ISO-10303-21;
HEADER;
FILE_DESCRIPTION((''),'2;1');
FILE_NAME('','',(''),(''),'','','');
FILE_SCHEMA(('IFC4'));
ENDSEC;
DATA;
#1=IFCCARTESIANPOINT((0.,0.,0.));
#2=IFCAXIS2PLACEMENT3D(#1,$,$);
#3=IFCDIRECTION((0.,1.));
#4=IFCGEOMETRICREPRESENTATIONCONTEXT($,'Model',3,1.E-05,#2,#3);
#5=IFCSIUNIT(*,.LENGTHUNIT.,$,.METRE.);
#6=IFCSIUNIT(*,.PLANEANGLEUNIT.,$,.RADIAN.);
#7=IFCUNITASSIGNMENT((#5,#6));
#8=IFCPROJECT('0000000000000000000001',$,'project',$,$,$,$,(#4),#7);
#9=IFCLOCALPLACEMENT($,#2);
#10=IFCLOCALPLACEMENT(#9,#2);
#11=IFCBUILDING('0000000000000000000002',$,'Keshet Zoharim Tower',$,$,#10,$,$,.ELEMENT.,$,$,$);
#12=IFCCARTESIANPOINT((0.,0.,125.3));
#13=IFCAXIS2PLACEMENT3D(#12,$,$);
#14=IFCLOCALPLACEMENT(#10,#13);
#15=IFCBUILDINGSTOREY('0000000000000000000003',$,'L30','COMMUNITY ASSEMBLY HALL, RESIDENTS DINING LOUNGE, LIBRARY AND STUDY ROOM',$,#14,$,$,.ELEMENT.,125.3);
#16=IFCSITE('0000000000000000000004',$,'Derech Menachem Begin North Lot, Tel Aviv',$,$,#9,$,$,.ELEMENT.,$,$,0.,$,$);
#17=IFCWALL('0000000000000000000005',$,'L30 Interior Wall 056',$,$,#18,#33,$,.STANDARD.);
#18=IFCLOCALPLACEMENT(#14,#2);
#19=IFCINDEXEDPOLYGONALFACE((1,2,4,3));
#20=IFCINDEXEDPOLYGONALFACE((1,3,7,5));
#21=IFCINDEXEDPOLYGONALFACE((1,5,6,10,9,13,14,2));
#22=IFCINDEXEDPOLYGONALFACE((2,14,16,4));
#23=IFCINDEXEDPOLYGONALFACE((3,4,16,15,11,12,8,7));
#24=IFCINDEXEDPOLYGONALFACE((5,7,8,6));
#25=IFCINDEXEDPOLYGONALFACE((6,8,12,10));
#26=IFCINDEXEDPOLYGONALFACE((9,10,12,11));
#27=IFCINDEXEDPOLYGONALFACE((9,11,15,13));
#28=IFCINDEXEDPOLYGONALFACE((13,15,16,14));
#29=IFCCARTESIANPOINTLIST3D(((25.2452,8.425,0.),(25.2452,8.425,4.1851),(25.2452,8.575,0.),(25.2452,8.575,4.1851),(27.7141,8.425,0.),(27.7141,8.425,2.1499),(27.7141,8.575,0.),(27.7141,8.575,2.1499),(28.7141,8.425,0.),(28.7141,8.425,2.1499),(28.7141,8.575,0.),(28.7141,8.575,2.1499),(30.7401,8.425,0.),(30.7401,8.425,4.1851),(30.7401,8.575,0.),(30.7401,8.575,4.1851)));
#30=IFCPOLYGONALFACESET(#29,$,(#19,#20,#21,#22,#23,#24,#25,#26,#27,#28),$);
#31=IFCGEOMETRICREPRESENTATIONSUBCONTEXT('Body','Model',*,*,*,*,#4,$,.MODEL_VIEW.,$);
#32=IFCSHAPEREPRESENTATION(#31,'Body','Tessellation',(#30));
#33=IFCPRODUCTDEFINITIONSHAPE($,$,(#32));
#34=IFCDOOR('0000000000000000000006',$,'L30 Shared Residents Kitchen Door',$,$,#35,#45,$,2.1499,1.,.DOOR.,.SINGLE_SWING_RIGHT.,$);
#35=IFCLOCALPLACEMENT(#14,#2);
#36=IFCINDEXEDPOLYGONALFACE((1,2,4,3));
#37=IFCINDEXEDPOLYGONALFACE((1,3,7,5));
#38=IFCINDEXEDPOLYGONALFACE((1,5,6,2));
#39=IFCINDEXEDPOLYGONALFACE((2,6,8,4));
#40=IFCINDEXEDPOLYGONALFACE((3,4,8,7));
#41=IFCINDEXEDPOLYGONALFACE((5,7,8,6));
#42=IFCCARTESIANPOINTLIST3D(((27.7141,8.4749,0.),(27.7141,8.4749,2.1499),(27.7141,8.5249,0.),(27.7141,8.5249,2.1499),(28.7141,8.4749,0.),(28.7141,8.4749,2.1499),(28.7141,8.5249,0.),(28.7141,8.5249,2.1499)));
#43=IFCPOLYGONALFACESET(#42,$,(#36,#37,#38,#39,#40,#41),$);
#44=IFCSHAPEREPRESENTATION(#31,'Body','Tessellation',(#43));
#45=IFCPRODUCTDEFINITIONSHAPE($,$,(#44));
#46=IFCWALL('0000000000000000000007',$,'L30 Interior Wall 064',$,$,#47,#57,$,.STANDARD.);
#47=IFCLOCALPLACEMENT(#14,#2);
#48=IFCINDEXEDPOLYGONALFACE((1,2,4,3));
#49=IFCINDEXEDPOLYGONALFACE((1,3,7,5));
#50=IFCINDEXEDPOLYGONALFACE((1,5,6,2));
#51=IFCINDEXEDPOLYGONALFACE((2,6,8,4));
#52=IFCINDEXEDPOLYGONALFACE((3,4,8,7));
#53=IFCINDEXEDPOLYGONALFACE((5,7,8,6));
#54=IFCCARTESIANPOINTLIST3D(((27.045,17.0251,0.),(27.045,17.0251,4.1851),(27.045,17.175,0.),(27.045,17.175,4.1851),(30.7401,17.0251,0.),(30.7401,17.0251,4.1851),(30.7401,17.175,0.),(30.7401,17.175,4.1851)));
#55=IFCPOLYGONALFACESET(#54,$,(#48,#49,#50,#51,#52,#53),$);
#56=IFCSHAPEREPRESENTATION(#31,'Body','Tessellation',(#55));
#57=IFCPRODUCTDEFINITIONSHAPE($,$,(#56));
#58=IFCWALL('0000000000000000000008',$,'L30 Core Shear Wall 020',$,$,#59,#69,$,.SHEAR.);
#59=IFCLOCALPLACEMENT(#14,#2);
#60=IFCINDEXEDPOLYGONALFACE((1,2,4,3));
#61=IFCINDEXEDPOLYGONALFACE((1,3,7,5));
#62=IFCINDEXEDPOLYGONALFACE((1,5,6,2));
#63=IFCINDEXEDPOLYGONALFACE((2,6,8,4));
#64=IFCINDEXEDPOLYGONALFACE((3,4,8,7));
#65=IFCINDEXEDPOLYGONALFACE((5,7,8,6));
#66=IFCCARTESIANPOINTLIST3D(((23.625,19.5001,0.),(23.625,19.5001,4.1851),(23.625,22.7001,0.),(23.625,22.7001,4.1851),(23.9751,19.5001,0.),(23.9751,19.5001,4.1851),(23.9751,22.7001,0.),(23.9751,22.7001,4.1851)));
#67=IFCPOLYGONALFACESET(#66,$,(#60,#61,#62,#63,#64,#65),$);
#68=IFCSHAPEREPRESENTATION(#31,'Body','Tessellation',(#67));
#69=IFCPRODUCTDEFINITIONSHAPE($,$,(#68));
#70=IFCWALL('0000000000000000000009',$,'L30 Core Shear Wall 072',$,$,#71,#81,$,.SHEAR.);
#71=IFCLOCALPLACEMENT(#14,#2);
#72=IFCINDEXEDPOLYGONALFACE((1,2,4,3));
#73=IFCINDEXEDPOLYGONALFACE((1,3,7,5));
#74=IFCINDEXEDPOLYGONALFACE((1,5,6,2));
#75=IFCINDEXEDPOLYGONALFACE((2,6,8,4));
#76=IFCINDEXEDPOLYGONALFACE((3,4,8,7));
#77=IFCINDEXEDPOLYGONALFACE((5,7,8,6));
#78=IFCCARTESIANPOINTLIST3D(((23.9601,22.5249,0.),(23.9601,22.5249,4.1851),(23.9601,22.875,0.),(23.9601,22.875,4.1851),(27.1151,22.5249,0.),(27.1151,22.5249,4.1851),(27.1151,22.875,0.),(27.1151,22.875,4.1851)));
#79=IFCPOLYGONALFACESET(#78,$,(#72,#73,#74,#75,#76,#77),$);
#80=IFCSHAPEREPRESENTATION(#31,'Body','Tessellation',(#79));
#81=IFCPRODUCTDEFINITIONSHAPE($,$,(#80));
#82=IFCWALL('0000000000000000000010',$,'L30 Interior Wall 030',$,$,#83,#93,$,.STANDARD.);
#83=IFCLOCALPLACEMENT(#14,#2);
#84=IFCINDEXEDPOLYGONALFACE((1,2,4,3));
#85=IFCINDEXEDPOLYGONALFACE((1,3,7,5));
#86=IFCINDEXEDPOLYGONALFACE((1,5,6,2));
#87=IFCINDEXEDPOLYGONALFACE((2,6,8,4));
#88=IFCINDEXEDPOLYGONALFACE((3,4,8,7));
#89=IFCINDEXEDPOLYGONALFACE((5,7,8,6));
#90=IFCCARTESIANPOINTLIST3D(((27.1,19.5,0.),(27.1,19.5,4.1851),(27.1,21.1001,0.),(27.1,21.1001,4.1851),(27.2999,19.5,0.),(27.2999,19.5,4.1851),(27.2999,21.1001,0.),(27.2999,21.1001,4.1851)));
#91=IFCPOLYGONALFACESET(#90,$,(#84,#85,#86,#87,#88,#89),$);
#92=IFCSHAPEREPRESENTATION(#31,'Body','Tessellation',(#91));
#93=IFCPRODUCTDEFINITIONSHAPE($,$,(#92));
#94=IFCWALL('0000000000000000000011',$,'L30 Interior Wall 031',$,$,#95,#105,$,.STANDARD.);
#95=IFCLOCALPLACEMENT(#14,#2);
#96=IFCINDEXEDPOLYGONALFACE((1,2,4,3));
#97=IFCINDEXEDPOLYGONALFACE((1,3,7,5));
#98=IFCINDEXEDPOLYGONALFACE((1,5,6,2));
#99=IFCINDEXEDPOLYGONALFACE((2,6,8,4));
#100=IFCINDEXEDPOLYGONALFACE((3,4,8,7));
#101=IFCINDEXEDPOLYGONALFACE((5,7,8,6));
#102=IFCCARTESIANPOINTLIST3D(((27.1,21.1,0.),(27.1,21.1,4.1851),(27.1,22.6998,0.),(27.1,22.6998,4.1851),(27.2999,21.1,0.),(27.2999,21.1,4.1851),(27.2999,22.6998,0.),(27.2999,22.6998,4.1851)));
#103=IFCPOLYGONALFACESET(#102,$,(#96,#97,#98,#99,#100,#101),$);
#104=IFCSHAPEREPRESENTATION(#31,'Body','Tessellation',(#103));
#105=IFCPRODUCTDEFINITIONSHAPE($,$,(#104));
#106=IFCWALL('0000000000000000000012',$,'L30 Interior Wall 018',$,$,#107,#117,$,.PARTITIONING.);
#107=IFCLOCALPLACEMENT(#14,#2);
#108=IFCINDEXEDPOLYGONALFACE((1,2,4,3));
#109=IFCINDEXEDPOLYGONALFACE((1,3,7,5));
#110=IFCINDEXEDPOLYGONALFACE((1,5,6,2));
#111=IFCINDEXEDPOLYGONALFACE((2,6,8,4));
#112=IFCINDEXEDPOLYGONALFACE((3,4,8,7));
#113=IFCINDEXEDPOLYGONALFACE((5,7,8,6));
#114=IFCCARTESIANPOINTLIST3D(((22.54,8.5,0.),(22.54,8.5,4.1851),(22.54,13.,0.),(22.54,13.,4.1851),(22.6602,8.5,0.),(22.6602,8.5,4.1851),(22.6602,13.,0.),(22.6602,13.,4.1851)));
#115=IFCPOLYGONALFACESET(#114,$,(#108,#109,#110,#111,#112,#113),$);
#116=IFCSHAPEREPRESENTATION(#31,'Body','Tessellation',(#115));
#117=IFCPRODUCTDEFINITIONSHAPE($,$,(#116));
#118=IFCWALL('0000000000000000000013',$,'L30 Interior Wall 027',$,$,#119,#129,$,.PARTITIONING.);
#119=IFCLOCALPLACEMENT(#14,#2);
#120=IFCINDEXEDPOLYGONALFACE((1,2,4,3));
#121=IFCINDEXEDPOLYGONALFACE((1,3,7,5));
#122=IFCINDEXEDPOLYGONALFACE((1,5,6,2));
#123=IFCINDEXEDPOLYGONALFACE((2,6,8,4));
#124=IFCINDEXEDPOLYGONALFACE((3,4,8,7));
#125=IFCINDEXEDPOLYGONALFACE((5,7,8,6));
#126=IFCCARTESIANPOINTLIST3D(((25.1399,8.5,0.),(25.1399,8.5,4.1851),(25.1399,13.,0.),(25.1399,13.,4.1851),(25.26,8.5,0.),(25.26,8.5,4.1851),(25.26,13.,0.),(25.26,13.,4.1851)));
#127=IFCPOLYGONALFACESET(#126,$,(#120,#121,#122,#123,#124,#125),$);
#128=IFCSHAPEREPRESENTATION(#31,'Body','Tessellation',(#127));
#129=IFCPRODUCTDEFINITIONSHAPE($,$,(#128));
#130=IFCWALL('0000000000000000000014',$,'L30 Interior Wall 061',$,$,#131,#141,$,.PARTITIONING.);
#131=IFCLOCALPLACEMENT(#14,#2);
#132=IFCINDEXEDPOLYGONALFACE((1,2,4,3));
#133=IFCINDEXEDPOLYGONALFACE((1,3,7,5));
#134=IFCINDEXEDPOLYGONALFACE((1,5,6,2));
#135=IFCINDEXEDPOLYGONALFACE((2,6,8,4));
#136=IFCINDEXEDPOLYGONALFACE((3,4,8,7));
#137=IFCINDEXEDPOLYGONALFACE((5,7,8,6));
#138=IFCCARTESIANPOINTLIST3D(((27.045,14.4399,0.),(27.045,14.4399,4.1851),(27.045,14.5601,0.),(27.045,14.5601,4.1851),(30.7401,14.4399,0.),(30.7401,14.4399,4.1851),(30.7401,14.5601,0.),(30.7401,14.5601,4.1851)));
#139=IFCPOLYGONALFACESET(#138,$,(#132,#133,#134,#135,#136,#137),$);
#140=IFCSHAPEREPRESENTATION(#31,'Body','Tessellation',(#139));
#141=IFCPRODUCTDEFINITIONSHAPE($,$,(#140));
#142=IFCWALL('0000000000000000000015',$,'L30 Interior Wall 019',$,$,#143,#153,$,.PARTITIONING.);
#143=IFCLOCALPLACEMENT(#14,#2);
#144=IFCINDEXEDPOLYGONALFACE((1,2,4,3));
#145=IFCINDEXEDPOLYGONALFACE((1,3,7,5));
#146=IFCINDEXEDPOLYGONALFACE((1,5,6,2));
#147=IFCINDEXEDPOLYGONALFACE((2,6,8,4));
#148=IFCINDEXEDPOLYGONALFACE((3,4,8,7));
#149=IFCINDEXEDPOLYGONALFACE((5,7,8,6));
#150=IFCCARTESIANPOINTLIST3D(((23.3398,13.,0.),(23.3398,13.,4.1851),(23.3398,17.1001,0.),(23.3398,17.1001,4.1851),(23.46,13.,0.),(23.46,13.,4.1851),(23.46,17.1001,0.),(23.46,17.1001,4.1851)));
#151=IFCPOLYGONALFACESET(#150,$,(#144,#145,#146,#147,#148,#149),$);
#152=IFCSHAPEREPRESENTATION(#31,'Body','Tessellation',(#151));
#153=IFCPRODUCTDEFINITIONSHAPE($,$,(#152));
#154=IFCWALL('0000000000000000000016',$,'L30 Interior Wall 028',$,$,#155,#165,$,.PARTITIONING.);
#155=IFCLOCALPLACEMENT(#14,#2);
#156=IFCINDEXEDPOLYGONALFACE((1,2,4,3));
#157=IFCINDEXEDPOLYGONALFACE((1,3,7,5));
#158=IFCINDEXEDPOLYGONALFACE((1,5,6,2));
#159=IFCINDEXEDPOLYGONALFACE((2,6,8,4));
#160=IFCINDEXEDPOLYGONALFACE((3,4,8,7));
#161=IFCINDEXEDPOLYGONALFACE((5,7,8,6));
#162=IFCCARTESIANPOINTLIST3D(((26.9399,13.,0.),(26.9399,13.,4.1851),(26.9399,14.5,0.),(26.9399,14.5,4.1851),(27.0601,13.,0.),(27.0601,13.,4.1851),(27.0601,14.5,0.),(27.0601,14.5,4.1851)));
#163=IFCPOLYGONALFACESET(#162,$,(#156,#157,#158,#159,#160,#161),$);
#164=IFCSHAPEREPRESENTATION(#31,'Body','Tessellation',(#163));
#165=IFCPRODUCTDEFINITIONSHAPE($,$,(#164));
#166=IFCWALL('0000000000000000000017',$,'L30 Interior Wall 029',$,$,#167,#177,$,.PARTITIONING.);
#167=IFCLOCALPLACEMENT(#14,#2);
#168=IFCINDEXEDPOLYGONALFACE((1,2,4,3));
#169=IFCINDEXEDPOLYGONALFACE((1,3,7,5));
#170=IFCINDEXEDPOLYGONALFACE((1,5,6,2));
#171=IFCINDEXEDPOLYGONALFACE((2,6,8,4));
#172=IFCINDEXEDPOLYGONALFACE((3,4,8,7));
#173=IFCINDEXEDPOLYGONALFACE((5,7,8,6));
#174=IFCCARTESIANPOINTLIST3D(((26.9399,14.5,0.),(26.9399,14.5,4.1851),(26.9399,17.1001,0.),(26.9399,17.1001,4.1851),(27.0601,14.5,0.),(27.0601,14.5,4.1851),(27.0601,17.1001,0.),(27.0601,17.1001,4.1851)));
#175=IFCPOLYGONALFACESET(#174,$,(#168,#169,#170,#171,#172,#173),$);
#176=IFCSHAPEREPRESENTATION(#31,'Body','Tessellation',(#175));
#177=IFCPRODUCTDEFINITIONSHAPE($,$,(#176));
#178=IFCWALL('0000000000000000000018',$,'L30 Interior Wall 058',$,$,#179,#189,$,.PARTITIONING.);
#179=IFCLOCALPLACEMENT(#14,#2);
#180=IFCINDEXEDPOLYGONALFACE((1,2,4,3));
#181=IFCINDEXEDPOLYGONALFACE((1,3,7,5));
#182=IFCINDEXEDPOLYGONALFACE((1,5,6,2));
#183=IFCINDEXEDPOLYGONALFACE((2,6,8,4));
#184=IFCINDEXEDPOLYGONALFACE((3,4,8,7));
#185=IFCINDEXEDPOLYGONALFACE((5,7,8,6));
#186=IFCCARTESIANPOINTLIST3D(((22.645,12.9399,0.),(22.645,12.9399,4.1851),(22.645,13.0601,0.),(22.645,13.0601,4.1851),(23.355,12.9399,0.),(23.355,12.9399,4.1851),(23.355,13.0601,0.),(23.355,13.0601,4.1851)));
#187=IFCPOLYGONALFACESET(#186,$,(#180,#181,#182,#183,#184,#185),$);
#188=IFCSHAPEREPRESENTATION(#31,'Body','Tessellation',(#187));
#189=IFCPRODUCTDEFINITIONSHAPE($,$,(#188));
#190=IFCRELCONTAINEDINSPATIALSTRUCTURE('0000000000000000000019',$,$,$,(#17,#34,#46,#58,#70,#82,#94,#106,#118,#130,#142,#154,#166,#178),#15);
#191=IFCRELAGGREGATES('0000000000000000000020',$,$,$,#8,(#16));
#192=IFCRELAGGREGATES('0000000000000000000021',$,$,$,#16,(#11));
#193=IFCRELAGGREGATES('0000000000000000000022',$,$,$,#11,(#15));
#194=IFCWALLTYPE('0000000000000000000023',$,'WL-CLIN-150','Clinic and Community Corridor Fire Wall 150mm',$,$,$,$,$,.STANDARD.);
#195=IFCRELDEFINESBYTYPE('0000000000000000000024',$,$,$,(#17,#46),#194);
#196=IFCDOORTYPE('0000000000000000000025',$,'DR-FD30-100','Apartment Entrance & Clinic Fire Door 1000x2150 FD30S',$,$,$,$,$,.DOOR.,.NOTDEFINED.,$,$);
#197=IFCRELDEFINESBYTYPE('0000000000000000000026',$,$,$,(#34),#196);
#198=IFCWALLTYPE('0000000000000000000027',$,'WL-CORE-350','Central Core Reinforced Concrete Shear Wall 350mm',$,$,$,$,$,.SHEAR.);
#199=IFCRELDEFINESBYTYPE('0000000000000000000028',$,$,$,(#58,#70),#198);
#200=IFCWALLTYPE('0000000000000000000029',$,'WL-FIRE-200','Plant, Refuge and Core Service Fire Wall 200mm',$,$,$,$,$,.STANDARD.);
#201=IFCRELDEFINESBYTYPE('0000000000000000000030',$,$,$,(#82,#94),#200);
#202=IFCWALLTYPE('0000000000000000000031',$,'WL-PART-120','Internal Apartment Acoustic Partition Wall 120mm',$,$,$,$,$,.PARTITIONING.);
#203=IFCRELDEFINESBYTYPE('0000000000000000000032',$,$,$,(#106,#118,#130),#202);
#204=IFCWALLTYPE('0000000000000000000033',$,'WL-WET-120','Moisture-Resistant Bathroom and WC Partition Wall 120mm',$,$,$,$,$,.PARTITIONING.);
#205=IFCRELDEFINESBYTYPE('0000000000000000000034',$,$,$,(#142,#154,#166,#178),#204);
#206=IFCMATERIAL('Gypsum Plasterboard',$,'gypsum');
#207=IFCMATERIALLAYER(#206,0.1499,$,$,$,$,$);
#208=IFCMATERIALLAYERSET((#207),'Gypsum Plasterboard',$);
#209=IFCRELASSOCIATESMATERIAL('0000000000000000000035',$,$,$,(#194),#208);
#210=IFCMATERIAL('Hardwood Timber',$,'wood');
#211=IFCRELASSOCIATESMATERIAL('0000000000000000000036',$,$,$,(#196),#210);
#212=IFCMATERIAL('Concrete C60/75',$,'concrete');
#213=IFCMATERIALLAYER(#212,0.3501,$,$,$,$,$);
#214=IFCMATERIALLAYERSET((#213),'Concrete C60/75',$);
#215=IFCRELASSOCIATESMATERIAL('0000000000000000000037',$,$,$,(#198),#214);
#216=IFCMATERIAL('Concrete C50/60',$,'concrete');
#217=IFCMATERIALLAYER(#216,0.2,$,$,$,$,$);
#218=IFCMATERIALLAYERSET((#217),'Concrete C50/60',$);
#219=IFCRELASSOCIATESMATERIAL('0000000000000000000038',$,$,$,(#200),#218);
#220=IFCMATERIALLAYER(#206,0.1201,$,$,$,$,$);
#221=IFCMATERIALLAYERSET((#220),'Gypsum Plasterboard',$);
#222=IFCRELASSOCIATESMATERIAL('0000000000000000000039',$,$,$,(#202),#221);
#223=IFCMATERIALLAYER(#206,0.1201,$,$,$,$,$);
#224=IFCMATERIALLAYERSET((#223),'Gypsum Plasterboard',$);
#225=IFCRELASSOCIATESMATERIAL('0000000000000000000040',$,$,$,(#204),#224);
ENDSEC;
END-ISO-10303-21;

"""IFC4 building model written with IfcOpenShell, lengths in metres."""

from ifc_helpers import new_model, si_unit, direction, frame, frame_2d, origin, place, context, subcontext, project, spatial, rectangle, extrude, material, layer, layer_set, type_object, element, fill, save


model = new_model("IFC4")

# Units and contexts
model_context = context("Model", 3, precision=1e-05, world=origin(), true_north=direction((0.0, 1.0)))
body_context = subcontext(model_context, "Body", "Model", "MODEL_VIEW")
ifc_project = project(units=[si_unit("LENGTHUNIT", "METRE"), si_unit("PLANEANGLEUNIT", "RADIAN")], contexts=[model_context])

# Site, building, storey
site_placement = place(None, origin())
site = spatial("IfcSite", under=ifc_project, at=site_placement, Name="Derech Menachem Begin North Lot, Tel Aviv", CompositionType="ELEMENT", RefElevation=0.0)
building_placement = place(site_placement, origin())
building = spatial("IfcBuilding", under=site, at=building_placement, Name="Keshet Zoharim Tower", CompositionType="ELEMENT")
storey_placement = place(building_placement, frame((0.0, 0.0, 125.3)))
storey = spatial("IfcBuildingStorey", under=building, at=storey_placement, Name="L30", Description="COMMUNITY ASSEMBLY HALL, RESIDENTS DINING LOUNGE, LIBRARY AND STUDY ROOM", CompositionType="ELEMENT", Elevation=125.3)

# Shared definitions
ifc_material_1 = material(Name="Gypsum Plasterboard", Category="gypsum")
ifc_layer_1 = layer(ifc_material_1, 0.1499)
ifc_layer_set_1 = layer_set([ifc_layer_1], Name="Gypsum Plasterboard")
wall_type_1 = type_object("IfcWallType", Name="WL-CLIN-150", Description="Clinic and Community Corridor Fire Wall 150mm", PredefinedType="STANDARD", material=ifc_layer_set_1)

# Wall, opening, door
wall_1_placement = place(storey_placement, frame((25.2451, 8.5, 0.0), z_axis=(0.0, 0.0, 1.0), x_axis=(1.0, 0.0, 0.0)))
wall_1 = element("IfcWall", 1, at=wall_1_placement, inside=storey, type_object=wall_type_1, Name="L30 Interior Wall 056", PredefinedType="STANDARD", context=body_context, shape_type="SweptSolid", body=[
    extrude(rectangle(XDim=5.4949, YDim=0.1499, at=frame_2d((2.7476, 0.0))), origin(), (0.0, 0.0, 1.0), 4.1851),
])
opening_1_placement = place(wall_1_placement, frame((2.469, 0.0, 0.0)))
opening_1 = element("IfcOpeningElement", 2, at=opening_1_placement, cuts=wall_1, PredefinedType="OPENING", context=body_context, shape_type="SweptSolid", body=[
    extrude(rectangle(XDim=1.0, YDim=2.1499, at=frame_2d((0.5, 1.075))), frame((0.0, 0.085, 0.0), z_axis=(0.0, -1.0, 0.0), x_axis=(1.0, 0.0, 0.0)), (0.0, 0.0, 1.0), 0.1699),
])
ifc_material_2 = material(Name="Hardwood Timber", Category="wood")
door_type_1 = type_object("IfcDoorType", Name="DR-FD30-100", Description="Apartment Entrance & Clinic Fire Door 1000x2150 FD30S", OperationType="NOTDEFINED", PredefinedType="DOOR", material=ifc_material_2)
door_1_placement = place(opening_1_placement, origin())
door_1 = element("IfcDoor", 3, at=door_1_placement, inside=storey, type_object=door_type_1, Name="L30 Shared Residents Kitchen Door", OperationType="SINGLE_SWING_RIGHT", OverallHeight=2.1499, OverallWidth=1.0, PredefinedType="DOOR", context=body_context, shape_type="SweptSolid", body=[
    extrude(rectangle(XDim=1.0, YDim=2.1499, at=frame_2d((0.5, 1.075))), frame((0.0, 0.0249, 0.0), z_axis=(0.0, -1.0, 0.0), x_axis=(1.0, 0.0, 0.0)), (0.0, 0.0, 1.0), 0.05),
])
fill(opening_1, door_1)

# Walls
wall_2_placement = place(storey_placement, frame((27.0449, 17.1001, 0.0), z_axis=(0.0, 0.0, 1.0), x_axis=(1.0, 0.0, 0.0)))
element("IfcWall", 4, at=wall_2_placement, inside=storey, type_object=wall_type_1, Name="L30 Interior Wall 064", PredefinedType="STANDARD", context=body_context, shape_type="SweptSolid", body=[
    extrude(rectangle(XDim=3.6951, YDim=0.1499, at=frame_2d((1.8477, 0.0))), origin(), (0.0, 0.0, 1.0), 4.1851),
])
ifc_material_3 = material(Name="Concrete C60/75", Category="concrete")
ifc_layer_2 = layer(ifc_material_3, 0.3501)
ifc_layer_set_2 = layer_set([ifc_layer_2], Name="Concrete C60/75")
wall_type_2 = type_object("IfcWallType", Name="WL-CORE-350", Description="Central Core Reinforced Concrete Shear Wall 350mm", PredefinedType="SHEAR", material=ifc_layer_set_2)
wall_3_placement = place(storey_placement, frame((23.8, 19.5, 0.0), z_axis=(0.0, 0.0, 1.0), x_axis=(0.0, 1.0, 0.0)))
element("IfcWall", 5, at=wall_3_placement, inside=storey, type_object=wall_type_2, Name="L30 Core Shear Wall 020", PredefinedType="SHEAR", context=body_context, shape_type="SweptSolid", body=[
    extrude(rectangle(XDim=3.2, YDim=0.3501, at=frame_2d((1.6001, 0.0))), origin(), (0.0, 0.0, 1.0), 4.1851),
])

# Walls
wall_4_placement = place(storey_placement, frame((23.96, 22.7, 0.0), z_axis=(0.0, 0.0, 1.0), x_axis=(1.0, 0.0, 0.0)))
element("IfcWall", 6, at=wall_4_placement, inside=storey, type_object=wall_type_2, Name="L30 Core Shear Wall 072", PredefinedType="SHEAR", context=body_context, shape_type="SweptSolid", body=[
    extrude(rectangle(XDim=3.155, YDim=0.3501, at=frame_2d((1.5776, 0.0))), origin(), (0.0, 0.0, 1.0), 4.1851),
])
ifc_material_4 = material(Name="Concrete C50/60", Category="concrete")
ifc_layer_3 = layer(ifc_material_4, 0.2)
ifc_layer_set_3 = layer_set([ifc_layer_3], Name="Concrete C50/60")
wall_type_3 = type_object("IfcWallType", Name="WL-FIRE-200", Description="Plant, Refuge and Core Service Fire Wall 200mm", PredefinedType="STANDARD", material=ifc_layer_set_3)
wall_5_placement = place(storey_placement, frame((27.2, 19.5, 0.0), z_axis=(0.0, 0.0, 1.0), x_axis=(0.0, 1.0, 0.0)))
element("IfcWall", 7, at=wall_5_placement, inside=storey, type_object=wall_type_3, Name="L30 Interior Wall 030", PredefinedType="STANDARD", context=body_context, shape_type="SweptSolid", body=[
    extrude(rectangle(XDim=1.6001, YDim=0.2, at=frame_2d((0.8, 0.0))), origin(), (0.0, 0.0, 1.0), 4.1851),
])
wall_6_placement = place(storey_placement, frame((27.2, 21.1001, 0.0), z_axis=(0.0, 0.0, 1.0), x_axis=(0.0, 1.0, 0.0)))
element("IfcWall", 8, at=wall_6_placement, inside=storey, type_object=wall_type_3, Name="L30 Interior Wall 031", PredefinedType="STANDARD", context=body_context, shape_type="SweptSolid", body=[
    extrude(rectangle(XDim=1.5999, YDim=0.2, at=frame_2d((0.7998, 0.0))), origin(), (0.0, 0.0, 1.0), 4.1851),
])

# Walls
ifc_layer_4 = layer(ifc_material_1, 0.1201)
ifc_layer_set_4 = layer_set([ifc_layer_4], Name="Gypsum Plasterboard")
wall_type_4 = type_object("IfcWallType", Name="WL-PART-120", Description="Internal Apartment Acoustic Partition Wall 120mm", PredefinedType="PARTITIONING", material=ifc_layer_set_4)
for number, where, z_axis, x_axis, name in (
    (9, (22.6001, 8.5, 0.0), (0.0, 0.0, 1.0), (0.0, 1.0, 0.0), "L30 Interior Wall 018"),
    (10, (25.2, 8.5, 0.0), (0.0, 0.0, 1.0), (0.0, 1.0, 0.0), "L30 Interior Wall 027"),
):
    element("IfcWall", number, at=place(storey_placement, frame(where, z_axis=z_axis, x_axis=x_axis)), inside=storey, type_object=wall_type_4, Name=name, PredefinedType="PARTITIONING", context=body_context, shape_type="SweptSolid", body=[
        extrude(rectangle(XDim=4.5, YDim=0.1201, at=frame_2d((2.25, 0.0))), origin(), (0.0, 0.0, 1.0), 4.1851),
    ])
wall_7_placement = place(storey_placement, frame((27.0449, 14.5, 0.0), z_axis=(0.0, 0.0, 1.0), x_axis=(1.0, 0.0, 0.0)))
element("IfcWall", 11, at=wall_7_placement, inside=storey, type_object=wall_type_4, Name="L30 Interior Wall 061", PredefinedType="PARTITIONING", context=body_context, shape_type="SweptSolid", body=[
    extrude(rectangle(XDim=3.6951, YDim=0.1201, at=frame_2d((1.8477, 0.0))), origin(), (0.0, 0.0, 1.0), 4.1851),
])
ifc_layer_5 = layer(ifc_material_1, 0.1201)
ifc_layer_set_5 = layer_set([ifc_layer_5], Name="Gypsum Plasterboard")
wall_type_5 = type_object("IfcWallType", Name="WL-WET-120", Description="Moisture-Resistant Bathroom and WC Partition Wall 120mm", PredefinedType="PARTITIONING", material=ifc_layer_set_5)
wall_8_placement = place(storey_placement, frame((23.3999, 13.0, 0.0), z_axis=(0.0, 0.0, 1.0), x_axis=(0.0, 1.0, 0.0)))
element("IfcWall", 12, at=wall_8_placement, inside=storey, type_object=wall_type_5, Name="L30 Interior Wall 019", PredefinedType="PARTITIONING", context=body_context, shape_type="SweptSolid", body=[
    extrude(rectangle(XDim=4.1001, YDim=0.1201, at=frame_2d((2.05, 0.0))), origin(), (0.0, 0.0, 1.0), 4.1851),
])
wall_9_placement = place(storey_placement, frame((27.0, 13.0, 0.0), z_axis=(0.0, 0.0, 1.0), x_axis=(0.0, 1.0, 0.0)))
element("IfcWall", 13, at=wall_9_placement, inside=storey, type_object=wall_type_5, Name="L30 Interior Wall 028", PredefinedType="PARTITIONING", context=body_context, shape_type="SweptSolid", body=[
    extrude(rectangle(XDim=1.5, YDim=0.1201, at=frame_2d((0.75, 0.0))), origin(), (0.0, 0.0, 1.0), 4.1851),
])
wall_10_placement = place(storey_placement, frame((27.0, 14.5, 0.0), z_axis=(0.0, 0.0, 1.0), x_axis=(0.0, 1.0, 0.0)))
element("IfcWall", 14, at=wall_10_placement, inside=storey, type_object=wall_type_5, Name="L30 Interior Wall 029", PredefinedType="PARTITIONING", context=body_context, shape_type="SweptSolid", body=[
    extrude(rectangle(XDim=2.6001, YDim=0.1201, at=frame_2d((1.3, 0.0))), origin(), (0.0, 0.0, 1.0), 4.1851),
])
wall_11_placement = place(storey_placement, frame((22.645, 13.0, 0.0), z_axis=(0.0, 0.0, 1.0), x_axis=(1.0, 0.0, 0.0)))
element("IfcWall", 15, at=wall_11_placement, inside=storey, type_object=wall_type_5, Name="L30 Interior Wall 058", PredefinedType="PARTITIONING", context=body_context, shape_type="SweptSolid", body=[
    extrude(rectangle(XDim=0.71, YDim=0.1201, at=frame_2d((0.355, 0.0))), origin(), (0.0, 0.0, 1.0), 4.1851),
])

save(model, "model.ifc")
